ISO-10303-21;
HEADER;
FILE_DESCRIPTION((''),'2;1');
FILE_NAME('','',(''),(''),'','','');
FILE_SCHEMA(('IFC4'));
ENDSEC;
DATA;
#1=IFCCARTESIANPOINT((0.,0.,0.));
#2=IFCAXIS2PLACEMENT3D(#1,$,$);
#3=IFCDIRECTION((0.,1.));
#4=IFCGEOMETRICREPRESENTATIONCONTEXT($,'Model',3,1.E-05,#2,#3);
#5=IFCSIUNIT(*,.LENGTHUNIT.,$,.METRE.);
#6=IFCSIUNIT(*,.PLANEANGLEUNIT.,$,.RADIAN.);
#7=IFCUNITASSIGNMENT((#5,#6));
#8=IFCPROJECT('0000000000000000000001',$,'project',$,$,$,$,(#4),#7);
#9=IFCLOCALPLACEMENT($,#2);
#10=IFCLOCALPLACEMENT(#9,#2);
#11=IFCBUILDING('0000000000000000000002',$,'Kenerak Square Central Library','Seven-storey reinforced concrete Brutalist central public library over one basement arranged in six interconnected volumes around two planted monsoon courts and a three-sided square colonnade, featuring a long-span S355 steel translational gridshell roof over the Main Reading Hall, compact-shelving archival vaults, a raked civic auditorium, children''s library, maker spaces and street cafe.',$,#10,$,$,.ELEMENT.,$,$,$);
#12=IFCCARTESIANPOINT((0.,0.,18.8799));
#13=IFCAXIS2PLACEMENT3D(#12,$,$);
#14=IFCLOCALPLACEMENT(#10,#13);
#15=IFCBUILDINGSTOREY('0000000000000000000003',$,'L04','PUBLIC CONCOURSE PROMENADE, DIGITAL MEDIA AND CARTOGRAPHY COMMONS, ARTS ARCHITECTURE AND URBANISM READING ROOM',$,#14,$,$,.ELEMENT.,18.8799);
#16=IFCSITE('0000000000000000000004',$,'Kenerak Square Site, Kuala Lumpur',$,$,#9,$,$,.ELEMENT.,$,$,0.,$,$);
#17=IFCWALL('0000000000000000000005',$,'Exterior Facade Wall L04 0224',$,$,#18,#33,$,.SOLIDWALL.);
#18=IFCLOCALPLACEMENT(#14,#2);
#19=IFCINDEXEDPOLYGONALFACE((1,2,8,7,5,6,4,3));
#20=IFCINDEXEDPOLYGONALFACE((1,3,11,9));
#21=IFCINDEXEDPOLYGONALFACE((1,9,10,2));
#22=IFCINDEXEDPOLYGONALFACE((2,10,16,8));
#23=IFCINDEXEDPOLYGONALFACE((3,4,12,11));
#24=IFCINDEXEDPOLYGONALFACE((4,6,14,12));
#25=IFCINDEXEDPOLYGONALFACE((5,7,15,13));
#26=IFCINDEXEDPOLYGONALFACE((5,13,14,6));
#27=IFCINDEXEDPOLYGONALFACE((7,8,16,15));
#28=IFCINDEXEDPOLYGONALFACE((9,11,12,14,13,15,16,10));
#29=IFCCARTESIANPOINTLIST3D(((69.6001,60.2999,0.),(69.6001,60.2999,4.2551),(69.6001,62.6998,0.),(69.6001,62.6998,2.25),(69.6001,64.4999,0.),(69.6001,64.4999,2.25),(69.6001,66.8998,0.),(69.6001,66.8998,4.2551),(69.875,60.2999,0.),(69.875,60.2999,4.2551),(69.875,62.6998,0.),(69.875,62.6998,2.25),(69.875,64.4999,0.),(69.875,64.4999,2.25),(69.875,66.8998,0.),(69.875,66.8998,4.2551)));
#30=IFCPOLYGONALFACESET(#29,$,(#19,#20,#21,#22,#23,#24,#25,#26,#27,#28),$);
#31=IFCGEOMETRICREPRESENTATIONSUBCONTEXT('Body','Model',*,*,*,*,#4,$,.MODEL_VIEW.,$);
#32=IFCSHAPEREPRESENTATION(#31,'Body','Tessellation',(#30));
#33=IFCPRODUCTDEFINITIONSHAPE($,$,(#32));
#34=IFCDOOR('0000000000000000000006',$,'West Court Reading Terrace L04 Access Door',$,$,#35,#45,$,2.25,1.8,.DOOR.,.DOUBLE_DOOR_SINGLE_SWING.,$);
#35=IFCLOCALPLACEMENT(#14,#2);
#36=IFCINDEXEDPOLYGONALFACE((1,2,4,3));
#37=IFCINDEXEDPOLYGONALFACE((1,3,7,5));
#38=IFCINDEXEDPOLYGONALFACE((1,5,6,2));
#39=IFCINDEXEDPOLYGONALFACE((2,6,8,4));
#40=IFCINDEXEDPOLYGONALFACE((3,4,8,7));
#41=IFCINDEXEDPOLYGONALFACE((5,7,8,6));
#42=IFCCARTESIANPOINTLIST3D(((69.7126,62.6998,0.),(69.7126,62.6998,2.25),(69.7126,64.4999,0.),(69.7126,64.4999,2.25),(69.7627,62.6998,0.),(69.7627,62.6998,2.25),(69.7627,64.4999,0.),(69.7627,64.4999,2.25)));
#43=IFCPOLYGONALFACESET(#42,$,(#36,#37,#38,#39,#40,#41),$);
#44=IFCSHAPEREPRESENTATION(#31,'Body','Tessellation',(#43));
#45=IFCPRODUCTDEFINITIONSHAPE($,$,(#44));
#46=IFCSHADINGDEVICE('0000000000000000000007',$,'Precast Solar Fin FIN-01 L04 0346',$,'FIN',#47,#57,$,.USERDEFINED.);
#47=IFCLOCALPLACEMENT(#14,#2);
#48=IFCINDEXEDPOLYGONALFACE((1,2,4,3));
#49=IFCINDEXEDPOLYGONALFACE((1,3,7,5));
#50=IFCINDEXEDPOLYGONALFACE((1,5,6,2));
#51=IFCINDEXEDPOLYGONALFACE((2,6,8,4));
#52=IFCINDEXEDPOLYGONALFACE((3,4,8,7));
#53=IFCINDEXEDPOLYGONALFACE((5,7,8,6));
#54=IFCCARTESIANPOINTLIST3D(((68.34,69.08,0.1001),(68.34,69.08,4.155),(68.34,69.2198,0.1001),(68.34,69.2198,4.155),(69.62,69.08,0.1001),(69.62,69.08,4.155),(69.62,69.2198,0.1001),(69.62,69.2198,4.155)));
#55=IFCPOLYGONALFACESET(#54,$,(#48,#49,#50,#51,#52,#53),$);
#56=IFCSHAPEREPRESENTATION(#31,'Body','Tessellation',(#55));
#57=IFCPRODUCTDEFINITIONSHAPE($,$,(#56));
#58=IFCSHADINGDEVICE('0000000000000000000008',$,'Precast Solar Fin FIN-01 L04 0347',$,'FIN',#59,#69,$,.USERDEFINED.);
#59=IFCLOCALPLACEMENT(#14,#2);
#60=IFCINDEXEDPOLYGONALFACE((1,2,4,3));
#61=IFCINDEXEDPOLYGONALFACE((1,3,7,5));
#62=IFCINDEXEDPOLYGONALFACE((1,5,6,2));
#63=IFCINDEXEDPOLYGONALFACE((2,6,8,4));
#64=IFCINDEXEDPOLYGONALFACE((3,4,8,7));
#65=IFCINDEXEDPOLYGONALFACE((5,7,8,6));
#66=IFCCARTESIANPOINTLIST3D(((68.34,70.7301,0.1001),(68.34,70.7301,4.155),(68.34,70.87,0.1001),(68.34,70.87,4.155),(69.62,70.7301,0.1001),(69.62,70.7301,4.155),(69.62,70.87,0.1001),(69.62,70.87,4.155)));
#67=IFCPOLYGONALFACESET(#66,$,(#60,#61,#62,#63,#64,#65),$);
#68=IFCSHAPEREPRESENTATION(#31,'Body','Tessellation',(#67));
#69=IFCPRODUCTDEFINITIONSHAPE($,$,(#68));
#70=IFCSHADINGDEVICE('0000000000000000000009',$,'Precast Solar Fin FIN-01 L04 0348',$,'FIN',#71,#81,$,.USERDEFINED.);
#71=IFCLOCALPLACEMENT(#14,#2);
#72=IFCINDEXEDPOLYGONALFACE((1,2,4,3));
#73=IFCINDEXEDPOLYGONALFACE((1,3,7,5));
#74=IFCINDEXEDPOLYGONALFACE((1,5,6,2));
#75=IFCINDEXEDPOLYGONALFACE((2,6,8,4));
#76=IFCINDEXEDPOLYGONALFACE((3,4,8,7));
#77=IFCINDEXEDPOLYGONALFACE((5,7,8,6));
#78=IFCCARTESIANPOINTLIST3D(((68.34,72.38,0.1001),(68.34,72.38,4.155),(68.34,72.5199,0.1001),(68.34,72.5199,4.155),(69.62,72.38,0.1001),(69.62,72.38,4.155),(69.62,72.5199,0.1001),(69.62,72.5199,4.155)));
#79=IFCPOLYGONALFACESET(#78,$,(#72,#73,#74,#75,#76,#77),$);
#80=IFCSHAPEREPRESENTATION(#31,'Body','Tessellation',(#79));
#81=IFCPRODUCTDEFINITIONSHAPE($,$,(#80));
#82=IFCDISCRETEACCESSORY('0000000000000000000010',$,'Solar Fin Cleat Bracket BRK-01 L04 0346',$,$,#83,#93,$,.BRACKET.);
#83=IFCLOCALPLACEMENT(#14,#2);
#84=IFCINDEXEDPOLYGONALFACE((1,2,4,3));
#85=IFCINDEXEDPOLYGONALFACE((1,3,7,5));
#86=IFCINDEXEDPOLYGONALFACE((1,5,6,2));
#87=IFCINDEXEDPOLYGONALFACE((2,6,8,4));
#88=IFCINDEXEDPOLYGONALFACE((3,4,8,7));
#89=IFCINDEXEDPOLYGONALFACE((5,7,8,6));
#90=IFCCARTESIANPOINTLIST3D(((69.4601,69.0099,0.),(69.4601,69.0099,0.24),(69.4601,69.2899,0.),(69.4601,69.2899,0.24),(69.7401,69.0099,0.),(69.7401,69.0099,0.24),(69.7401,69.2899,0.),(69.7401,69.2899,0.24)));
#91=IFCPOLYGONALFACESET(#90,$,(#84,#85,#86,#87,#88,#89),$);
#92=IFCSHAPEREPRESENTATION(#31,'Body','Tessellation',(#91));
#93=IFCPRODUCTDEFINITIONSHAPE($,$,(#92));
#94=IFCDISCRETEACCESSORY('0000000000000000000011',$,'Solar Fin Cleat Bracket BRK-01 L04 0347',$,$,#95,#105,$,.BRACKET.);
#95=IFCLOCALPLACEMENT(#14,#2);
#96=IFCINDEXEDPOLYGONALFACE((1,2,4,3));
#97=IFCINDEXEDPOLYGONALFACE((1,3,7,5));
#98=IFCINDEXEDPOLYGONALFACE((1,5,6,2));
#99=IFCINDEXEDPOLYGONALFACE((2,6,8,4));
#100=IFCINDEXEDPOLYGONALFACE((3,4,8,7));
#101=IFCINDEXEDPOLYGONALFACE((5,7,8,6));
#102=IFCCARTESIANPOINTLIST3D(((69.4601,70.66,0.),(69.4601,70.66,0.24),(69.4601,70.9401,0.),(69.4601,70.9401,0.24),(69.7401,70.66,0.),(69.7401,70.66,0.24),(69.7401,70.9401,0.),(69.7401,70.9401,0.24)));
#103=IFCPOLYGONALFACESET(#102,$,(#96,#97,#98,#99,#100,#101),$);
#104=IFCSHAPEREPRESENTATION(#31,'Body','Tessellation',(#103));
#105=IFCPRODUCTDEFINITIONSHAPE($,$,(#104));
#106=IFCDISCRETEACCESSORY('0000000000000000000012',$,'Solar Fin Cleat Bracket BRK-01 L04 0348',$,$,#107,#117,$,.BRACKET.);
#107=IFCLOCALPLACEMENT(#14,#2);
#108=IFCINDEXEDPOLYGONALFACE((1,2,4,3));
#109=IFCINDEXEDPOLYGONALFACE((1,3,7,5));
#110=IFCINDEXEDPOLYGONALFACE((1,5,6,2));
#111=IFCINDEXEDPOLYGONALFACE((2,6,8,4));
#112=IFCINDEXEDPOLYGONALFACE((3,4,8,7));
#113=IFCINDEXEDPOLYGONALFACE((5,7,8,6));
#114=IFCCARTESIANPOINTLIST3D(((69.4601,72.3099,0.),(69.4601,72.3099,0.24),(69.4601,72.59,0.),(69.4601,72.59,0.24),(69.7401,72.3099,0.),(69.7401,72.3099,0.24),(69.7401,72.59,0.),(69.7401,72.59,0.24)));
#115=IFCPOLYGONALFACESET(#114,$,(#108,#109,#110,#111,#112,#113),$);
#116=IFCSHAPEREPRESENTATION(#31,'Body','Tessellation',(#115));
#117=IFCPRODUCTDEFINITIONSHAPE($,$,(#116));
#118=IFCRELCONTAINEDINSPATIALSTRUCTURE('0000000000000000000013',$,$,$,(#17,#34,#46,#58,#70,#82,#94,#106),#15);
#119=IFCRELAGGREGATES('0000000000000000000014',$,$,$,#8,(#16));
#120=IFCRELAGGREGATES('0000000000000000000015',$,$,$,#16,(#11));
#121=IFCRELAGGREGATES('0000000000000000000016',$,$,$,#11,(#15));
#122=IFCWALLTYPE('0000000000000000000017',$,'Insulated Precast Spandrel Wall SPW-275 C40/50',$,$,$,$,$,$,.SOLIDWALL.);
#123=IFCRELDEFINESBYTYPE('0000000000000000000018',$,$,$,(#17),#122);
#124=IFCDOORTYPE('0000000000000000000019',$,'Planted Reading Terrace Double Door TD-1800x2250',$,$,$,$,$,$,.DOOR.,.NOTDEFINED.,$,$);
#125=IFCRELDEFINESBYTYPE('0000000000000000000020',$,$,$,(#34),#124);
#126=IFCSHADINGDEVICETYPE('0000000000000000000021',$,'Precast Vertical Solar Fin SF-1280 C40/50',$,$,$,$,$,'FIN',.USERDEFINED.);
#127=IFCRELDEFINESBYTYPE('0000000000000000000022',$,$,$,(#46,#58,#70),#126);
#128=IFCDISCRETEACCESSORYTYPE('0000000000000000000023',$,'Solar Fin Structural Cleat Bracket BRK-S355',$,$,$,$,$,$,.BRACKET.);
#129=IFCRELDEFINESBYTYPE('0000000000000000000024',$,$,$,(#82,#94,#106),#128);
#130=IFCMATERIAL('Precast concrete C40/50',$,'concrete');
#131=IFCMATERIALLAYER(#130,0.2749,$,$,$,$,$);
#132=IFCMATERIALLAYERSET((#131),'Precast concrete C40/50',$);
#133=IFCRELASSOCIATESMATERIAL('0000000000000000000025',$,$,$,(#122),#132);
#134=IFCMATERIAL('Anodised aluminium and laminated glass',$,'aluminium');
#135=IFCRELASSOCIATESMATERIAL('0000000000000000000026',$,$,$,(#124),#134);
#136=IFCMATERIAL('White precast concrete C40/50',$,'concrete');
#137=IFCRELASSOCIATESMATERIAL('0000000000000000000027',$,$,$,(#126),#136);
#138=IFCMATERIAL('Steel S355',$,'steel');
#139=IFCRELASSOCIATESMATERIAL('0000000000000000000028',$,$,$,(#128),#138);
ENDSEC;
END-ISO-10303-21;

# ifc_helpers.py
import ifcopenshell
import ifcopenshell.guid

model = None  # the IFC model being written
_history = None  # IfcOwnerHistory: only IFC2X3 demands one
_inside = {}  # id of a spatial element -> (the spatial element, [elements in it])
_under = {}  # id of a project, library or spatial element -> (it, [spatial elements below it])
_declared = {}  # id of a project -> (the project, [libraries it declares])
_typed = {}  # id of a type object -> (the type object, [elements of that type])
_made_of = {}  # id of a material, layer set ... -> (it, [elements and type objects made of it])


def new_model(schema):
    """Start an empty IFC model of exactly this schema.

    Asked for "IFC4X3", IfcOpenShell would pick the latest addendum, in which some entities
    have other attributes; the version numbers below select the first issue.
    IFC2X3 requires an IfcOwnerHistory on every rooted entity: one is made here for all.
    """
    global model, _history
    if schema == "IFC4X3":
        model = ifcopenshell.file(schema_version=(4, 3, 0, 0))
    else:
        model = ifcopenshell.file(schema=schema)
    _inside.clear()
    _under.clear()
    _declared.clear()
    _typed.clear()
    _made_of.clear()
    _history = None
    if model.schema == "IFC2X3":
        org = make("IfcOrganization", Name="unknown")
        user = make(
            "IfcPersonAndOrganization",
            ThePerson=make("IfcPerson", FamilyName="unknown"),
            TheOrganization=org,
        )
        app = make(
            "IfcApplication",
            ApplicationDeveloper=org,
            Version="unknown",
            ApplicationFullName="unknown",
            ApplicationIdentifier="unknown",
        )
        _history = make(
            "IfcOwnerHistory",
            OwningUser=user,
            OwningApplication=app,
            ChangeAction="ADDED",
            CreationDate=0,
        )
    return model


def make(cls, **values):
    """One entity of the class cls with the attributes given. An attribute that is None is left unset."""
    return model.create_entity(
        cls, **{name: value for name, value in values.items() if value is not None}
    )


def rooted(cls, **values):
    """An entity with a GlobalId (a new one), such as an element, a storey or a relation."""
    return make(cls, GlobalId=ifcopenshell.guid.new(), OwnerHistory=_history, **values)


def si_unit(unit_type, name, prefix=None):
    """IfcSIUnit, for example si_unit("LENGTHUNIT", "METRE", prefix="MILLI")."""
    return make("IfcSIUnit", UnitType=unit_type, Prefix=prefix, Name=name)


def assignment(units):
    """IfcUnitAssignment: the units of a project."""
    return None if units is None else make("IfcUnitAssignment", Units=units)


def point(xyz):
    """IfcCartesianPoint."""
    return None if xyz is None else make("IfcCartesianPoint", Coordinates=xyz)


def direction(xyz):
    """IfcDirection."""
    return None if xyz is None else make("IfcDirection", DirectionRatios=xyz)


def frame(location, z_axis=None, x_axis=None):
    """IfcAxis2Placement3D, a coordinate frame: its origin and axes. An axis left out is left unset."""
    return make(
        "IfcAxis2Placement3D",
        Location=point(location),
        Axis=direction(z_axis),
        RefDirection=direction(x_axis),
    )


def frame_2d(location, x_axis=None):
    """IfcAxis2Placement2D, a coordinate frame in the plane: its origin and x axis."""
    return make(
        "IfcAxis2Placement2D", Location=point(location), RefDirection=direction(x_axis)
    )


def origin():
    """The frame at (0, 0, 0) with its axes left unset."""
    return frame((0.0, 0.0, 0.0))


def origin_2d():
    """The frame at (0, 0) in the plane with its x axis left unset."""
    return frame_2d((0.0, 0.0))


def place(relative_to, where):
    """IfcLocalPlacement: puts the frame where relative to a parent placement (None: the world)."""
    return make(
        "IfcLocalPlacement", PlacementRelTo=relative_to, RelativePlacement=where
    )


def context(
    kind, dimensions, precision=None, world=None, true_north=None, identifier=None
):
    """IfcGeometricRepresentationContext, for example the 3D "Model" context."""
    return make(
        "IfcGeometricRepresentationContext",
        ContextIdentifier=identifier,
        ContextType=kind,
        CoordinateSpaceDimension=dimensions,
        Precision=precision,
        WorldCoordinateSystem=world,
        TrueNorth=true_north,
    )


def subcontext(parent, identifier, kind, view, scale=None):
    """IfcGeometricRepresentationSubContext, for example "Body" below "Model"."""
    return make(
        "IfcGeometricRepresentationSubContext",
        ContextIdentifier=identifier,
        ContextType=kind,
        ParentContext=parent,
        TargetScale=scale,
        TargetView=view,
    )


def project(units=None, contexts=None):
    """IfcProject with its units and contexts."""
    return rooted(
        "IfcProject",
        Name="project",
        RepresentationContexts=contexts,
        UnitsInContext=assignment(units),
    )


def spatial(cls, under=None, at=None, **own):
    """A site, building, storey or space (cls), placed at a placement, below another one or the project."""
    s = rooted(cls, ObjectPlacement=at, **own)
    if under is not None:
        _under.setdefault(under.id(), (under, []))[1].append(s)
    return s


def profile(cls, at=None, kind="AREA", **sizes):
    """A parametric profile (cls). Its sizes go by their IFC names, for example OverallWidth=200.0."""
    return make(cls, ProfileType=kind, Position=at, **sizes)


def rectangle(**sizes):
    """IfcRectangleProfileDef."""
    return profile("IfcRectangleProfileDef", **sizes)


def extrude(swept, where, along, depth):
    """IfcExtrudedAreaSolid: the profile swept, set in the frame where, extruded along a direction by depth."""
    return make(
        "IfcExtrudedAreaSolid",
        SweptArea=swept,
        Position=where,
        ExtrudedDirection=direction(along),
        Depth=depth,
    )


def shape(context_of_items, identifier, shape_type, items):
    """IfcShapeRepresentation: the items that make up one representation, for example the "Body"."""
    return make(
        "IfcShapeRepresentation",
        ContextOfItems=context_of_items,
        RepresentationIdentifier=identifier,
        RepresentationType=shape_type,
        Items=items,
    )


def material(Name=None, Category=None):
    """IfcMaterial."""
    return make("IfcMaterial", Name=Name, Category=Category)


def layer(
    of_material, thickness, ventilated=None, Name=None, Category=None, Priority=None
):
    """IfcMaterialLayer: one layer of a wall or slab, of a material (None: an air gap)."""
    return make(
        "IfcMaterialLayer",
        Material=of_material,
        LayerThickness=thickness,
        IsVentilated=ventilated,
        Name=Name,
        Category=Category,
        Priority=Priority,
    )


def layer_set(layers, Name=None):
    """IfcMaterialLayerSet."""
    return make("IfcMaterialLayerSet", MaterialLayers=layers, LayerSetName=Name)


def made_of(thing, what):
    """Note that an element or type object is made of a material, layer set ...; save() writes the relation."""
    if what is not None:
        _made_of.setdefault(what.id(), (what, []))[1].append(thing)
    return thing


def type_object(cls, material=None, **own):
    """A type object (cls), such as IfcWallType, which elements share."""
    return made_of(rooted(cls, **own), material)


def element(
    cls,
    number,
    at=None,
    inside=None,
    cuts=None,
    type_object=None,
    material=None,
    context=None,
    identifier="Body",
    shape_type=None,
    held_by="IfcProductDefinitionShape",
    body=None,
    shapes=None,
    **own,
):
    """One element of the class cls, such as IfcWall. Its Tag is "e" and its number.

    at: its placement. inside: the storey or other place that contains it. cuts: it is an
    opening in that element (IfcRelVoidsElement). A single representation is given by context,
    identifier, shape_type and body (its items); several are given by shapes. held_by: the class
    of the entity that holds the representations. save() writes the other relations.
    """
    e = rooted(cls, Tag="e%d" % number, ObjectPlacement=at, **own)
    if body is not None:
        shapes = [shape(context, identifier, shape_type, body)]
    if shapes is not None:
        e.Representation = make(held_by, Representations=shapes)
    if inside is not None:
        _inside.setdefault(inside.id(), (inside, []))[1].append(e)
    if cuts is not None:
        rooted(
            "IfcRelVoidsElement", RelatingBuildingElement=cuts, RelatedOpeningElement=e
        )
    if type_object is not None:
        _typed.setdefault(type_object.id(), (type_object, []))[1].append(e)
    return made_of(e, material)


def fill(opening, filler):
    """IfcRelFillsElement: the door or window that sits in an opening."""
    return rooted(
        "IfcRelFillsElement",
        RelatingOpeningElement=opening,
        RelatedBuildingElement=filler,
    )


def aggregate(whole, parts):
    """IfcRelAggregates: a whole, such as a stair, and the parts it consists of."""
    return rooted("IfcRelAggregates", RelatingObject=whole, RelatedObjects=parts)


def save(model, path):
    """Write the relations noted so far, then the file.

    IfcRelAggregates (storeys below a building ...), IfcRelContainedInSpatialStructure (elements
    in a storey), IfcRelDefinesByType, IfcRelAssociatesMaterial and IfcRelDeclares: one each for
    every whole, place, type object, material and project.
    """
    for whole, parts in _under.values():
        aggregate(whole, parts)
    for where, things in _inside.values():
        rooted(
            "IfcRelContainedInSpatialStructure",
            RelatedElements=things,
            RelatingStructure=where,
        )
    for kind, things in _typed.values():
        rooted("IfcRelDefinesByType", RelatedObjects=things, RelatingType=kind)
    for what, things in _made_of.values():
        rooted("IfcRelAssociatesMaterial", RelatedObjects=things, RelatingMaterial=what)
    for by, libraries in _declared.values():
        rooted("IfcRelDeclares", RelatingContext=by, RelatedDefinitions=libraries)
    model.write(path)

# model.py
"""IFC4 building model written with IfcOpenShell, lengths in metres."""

from ifc_helpers import new_model, si_unit, direction, frame, frame_2d, origin, origin_2d, place, context, subcontext, project, spatial, rectangle, extrude, material, layer, layer_set, type_object, element, fill, save


model = new_model("IFC4")

# Units and contexts
model_context = context("Model", 3, precision=1e-05, world=origin(), true_north=direction((0.0, 1.0)))
body_context = subcontext(model_context, "Body", "Model", "MODEL_VIEW")
ifc_project = project(units=[si_unit("LENGTHUNIT", "METRE"), si_unit("PLANEANGLEUNIT", "RADIAN")], contexts=[model_context])

# Site, building, storey
site_placement = place(None, origin())
site = spatial("IfcSite", under=ifc_project, at=site_placement, Name="Kenerak Square Site, Kuala Lumpur", CompositionType="ELEMENT", RefElevation=0.0)
building_placement = place(site_placement, origin())
building = spatial("IfcBuilding", under=site, at=building_placement, Name="Kenerak Square Central Library", Description="Seven-storey reinforced concrete Brutalist central public library over one basement arranged in six interconnected volumes around two planted monsoon courts and a three-sided square colonnade, featuring a long-span S355 steel translational gridshell roof over the Main Reading Hall, compact-shelving archival vaults, a raked civic auditorium, children's library, maker spaces and street cafe.", CompositionType="ELEMENT")
storey_placement = place(building_placement, frame((0.0, 0.0, 18.8799)))
storey = spatial("IfcBuildingStorey", under=building, at=storey_placement, Name="L04", Description="PUBLIC CONCOURSE PROMENADE, DIGITAL MEDIA AND CARTOGRAPHY COMMONS, ARTS ARCHITECTURE AND URBANISM READING ROOM", CompositionType="ELEMENT", Elevation=18.8799)

# Wall, opening, door
ifc_material_1 = material(Name="Precast concrete C40/50", Category="concrete")
ifc_layer_1 = layer(ifc_material_1, 0.2749)
ifc_layer_set_1 = layer_set([ifc_layer_1], Name="Precast concrete C40/50")
wall_type = type_object("IfcWallType", Name="Insulated Precast Spandrel Wall SPW-275 C40/50", PredefinedType="SOLIDWALL", material=ifc_layer_set_1)
wall_placement = place(storey_placement, frame((69.7375, 60.3, 0.0), z_axis=(0.0, 0.0, 1.0), x_axis=(0.0, 1.0, 0.0)))
wall = element("IfcWall", 1, at=wall_placement, inside=storey, type_object=wall_type, Name="Exterior Facade Wall L04 0224", PredefinedType="SOLIDWALL", context=body_context, shape_type="SweptSolid", body=[
    extrude(rectangle(XDim=6.5999, YDim=0.2749, at=frame_2d((3.2998, 0.0))), origin(), (0.0, 0.0, 1.0), 4.2551),
])
opening_placement = place(wall_placement, frame((2.3999, 0.0, 0.0)))
opening = element("IfcOpeningElement", 2, at=opening_placement, cuts=wall, PredefinedType="OPENING", context=body_context, shape_type="SweptSolid", body=[
    extrude(rectangle(XDim=1.8, YDim=2.25, at=frame_2d((0.8999, 1.125))), frame((0.0, 0.1475, 0.0), z_axis=(0.0, -1.0, 0.0), x_axis=(1.0, 0.0, 0.0)), (0.0, 0.0, 1.0), 0.2949),
])
ifc_material_2 = material(Name="Anodised aluminium and laminated glass", Category="aluminium")
door_type = type_object("IfcDoorType", Name="Planted Reading Terrace Double Door TD-1800x2250", OperationType="NOTDEFINED", PredefinedType="DOOR", material=ifc_material_2)
door_placement = place(opening_placement, origin())
door = element("IfcDoor", 3, at=door_placement, inside=storey, type_object=door_type, Name="West Court Reading Terrace L04 Access Door", OperationType="DOUBLE_DOOR_SINGLE_SWING", OverallHeight=2.25, OverallWidth=1.8, PredefinedType="DOOR", context=body_context, shape_type="SweptSolid", body=[
    extrude(rectangle(XDim=1.8, YDim=2.25, at=frame_2d((0.8999, 1.125))), frame((0.0, 0.0249, 0.0), z_axis=(0.0, -1.0, 0.0), x_axis=(1.0, 0.0, 0.0)), (0.0, 0.0, 1.0), 0.05),
])
fill(opening, door)

# Shading devices
ifc_material_3 = material(Name="White precast concrete C40/50", Category="concrete")
shading_device_type = type_object("IfcShadingDeviceType", Name="Precast Vertical Solar Fin SF-1280 C40/50", ElementType="FIN", PredefinedType="USERDEFINED", material=ifc_material_3)
for number, where, z_axis, x_axis, name in (
    (4, (68.98, 69.1499, 0.1001), (0.0, 0.0, 1.0), (0.0, 1.0, 0.0), "Precast Solar Fin FIN-01 L04 0346"),
    (5, (68.98, 70.8, 0.1001), (0.0, 0.0, 1.0), (0.0, 1.0, 0.0), "Precast Solar Fin FIN-01 L04 0347"),
    (6, (68.98, 72.45, 0.1001), (0.0, 0.0, 1.0), (0.0, 1.0, 0.0), "Precast Solar Fin FIN-01 L04 0348"),
):
    element("IfcShadingDevice", number, at=place(storey_placement, frame(where, z_axis=z_axis, x_axis=x_axis)), inside=storey, type_object=shading_device_type, Name=name, ObjectType="FIN", PredefinedType="USERDEFINED", context=body_context, shape_type="SweptSolid", body=[
        extrude(rectangle(XDim=0.1399, YDim=1.28, at=origin_2d()), origin(), (0.0, 0.0, 1.0), 4.0549),
    ])

# Discrete accessories
ifc_material_4 = material(Name="Steel S355", Category="steel")
discrete_accessory_type = type_object("IfcDiscreteAccessoryType", Name="Solar Fin Structural Cleat Bracket BRK-S355", PredefinedType="BRACKET", material=ifc_material_4)
for number, where, z_axis, x_axis, name in (
    (7, (69.6001, 69.1499, 0.0), (0.0, 0.0, 1.0), (0.0, 1.0, 0.0), "Solar Fin Cleat Bracket BRK-01 L04 0346"),
    (8, (69.6001, 70.8, 0.0), (0.0, 0.0, 1.0), (0.0, 1.0, 0.0), "Solar Fin Cleat Bracket BRK-01 L04 0347"),
    (9, (69.6001, 72.45, 0.0), (0.0, 0.0, 1.0), (0.0, 1.0, 0.0), "Solar Fin Cleat Bracket BRK-01 L04 0348"),
):
    element("IfcDiscreteAccessory", number, at=place(storey_placement, frame(where, z_axis=z_axis, x_axis=x_axis)), inside=storey, type_object=discrete_accessory_type, Name=name, PredefinedType="BRACKET", context=body_context, shape_type="SweptSolid", body=[
        extrude(rectangle(XDim=0.28, YDim=0.28, at=origin_2d()), origin(), (0.0, 0.0, 1.0), 0.24),
    ])

save(model, "model.ifc")
